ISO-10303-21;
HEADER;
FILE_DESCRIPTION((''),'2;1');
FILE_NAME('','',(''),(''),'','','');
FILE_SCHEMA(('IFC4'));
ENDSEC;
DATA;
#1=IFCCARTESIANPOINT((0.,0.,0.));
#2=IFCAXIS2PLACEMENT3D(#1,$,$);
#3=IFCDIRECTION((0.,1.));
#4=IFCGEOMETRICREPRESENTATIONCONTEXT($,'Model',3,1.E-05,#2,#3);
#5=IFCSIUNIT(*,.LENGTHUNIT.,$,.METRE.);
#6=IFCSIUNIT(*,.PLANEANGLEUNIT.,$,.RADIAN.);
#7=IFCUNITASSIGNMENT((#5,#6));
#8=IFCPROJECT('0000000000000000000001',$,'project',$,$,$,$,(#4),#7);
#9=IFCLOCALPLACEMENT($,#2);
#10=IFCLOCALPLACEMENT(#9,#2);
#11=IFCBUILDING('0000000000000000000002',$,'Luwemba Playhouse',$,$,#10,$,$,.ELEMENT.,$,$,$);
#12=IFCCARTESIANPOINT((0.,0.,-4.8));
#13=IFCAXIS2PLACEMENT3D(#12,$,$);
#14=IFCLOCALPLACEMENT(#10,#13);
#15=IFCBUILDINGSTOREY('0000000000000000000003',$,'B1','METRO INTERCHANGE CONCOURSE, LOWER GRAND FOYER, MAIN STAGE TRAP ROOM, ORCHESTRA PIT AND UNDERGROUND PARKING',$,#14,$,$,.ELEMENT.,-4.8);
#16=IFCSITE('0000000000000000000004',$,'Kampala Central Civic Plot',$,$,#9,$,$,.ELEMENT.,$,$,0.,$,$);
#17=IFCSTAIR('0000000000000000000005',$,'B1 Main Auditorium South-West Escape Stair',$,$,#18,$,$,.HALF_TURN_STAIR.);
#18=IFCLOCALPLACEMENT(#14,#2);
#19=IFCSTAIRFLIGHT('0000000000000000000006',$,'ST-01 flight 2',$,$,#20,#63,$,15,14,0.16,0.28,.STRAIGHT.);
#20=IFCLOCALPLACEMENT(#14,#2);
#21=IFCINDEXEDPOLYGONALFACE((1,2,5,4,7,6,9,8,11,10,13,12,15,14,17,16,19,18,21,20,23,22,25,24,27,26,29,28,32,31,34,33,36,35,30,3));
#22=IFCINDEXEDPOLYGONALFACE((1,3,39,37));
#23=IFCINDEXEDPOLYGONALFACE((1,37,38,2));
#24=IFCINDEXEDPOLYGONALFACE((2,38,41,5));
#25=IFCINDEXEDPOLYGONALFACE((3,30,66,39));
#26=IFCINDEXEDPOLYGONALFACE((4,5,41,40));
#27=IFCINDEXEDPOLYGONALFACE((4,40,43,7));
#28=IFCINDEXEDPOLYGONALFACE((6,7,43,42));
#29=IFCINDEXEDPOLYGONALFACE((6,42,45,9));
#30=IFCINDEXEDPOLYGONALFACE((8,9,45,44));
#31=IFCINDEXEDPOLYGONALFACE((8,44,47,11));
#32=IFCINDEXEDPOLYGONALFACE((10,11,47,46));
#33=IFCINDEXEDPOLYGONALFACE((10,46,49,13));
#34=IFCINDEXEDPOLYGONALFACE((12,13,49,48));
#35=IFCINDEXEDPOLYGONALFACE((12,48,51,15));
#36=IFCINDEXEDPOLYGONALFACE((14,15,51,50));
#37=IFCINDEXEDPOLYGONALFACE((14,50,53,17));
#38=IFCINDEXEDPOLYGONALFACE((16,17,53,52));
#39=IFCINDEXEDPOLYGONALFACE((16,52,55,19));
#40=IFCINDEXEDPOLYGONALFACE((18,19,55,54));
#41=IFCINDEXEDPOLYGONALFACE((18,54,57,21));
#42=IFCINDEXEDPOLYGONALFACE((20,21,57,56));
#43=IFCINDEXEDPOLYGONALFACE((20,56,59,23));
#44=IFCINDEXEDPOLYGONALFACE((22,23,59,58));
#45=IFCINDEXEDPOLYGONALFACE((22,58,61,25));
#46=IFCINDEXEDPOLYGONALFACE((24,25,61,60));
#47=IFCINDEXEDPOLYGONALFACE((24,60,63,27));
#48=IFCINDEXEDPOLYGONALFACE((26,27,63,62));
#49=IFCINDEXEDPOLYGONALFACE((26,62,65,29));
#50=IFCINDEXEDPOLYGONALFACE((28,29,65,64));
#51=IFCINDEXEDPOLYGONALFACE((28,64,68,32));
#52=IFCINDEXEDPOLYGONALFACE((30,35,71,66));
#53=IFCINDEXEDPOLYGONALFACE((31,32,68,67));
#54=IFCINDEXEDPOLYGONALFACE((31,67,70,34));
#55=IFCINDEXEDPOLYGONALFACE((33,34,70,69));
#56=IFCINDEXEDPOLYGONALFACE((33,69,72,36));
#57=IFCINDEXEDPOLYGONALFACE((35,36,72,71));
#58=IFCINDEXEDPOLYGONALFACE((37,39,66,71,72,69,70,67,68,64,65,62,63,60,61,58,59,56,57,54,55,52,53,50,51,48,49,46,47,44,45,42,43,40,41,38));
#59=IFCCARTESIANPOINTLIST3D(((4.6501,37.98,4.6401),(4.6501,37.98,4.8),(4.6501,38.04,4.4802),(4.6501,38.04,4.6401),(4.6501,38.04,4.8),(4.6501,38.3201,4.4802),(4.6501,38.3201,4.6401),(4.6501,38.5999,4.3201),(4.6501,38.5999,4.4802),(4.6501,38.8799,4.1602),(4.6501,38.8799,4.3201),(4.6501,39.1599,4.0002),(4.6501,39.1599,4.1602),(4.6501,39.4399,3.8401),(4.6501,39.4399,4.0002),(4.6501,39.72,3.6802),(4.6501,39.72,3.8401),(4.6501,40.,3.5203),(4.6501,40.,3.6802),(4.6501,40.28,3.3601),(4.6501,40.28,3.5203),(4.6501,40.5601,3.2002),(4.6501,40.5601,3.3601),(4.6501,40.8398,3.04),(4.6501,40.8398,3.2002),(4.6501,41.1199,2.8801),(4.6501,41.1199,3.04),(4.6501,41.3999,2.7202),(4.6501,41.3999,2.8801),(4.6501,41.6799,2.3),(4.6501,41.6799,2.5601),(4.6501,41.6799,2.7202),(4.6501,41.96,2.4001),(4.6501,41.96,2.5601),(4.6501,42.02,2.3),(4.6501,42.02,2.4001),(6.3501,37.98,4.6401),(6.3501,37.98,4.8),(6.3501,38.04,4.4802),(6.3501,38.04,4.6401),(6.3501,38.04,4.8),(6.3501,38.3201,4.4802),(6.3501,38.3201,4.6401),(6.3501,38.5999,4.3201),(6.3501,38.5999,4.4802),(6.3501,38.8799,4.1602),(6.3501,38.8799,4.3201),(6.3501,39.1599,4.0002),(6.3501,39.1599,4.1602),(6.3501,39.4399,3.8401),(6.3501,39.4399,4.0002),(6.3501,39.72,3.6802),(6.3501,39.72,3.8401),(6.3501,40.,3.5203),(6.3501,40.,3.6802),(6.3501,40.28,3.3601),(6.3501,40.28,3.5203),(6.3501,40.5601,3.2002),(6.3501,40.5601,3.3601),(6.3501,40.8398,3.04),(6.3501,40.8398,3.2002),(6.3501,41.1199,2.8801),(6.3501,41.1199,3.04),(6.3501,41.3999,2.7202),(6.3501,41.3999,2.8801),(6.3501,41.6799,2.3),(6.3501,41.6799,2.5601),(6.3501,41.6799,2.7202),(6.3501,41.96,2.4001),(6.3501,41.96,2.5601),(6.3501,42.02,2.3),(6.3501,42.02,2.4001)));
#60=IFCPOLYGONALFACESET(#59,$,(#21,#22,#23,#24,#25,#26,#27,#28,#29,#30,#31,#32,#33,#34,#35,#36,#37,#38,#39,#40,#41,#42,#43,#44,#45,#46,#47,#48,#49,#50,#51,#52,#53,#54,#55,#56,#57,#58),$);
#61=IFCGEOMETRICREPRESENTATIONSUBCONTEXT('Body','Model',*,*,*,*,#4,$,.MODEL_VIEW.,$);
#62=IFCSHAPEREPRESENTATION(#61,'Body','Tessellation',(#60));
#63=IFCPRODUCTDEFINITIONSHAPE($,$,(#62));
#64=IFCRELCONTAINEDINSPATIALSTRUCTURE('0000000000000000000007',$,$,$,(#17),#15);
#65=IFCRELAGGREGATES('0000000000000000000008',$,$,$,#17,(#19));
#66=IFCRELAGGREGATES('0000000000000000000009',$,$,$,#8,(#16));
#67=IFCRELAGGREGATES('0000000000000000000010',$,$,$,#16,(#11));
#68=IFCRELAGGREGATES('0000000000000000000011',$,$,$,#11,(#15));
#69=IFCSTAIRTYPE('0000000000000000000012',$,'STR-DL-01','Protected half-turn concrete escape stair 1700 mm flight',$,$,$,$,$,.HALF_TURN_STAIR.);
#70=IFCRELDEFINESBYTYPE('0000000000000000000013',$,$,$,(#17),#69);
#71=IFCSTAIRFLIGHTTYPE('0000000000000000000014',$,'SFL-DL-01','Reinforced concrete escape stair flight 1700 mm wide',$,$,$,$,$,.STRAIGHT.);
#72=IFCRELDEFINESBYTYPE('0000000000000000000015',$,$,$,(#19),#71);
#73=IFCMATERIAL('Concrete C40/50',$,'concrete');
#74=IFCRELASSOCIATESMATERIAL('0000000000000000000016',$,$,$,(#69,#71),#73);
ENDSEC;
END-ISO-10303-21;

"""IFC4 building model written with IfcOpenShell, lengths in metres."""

from ifc_helpers import new_model, si_unit, direction, frame, origin, place, context, subcontext, project, spatial, polyline, outline, extrude, material, type_object, element, aggregate, save


model = new_model("IFC4")

# Units and contexts
model_context = context("Model", 3, precision=1e-05, world=origin(), true_north=direction((0.0, 1.0)))
body_context = subcontext(model_context, "Body", "Model", "MODEL_VIEW")
ifc_project = project(units=[si_unit("LENGTHUNIT", "METRE"), si_unit("PLANEANGLEUNIT", "RADIAN")], contexts=[model_context])

# Site, building, storey
site_placement = place(None, origin())
site = spatial("IfcSite", under=ifc_project, at=site_placement, Name="Kampala Central Civic Plot", CompositionType="ELEMENT", RefElevation=0.0)
building_placement = place(site_placement, origin())
building = spatial("IfcBuilding", under=site, at=building_placement, Name="Luwemba Playhouse", CompositionType="ELEMENT")
storey_placement = place(building_placement, frame((0.0, 0.0, -4.8)))
storey = spatial("IfcBuildingStorey", under=building, at=storey_placement, Name="B1", Description="METRO INTERCHANGE CONCOURSE, LOWER GRAND FOYER, MAIN STAGE TRAP ROOM, ORCHESTRA PIT AND UNDERGROUND PARKING", CompositionType="ELEMENT", Elevation=-4.8)

# Shared definitions
ifc_material_1 = material(Name="Concrete C40/50", Category="concrete")

# Stair, stair flight
stair_type = type_object("IfcStairType", Name="STR-DL-01", Description="Protected half-turn concrete escape stair 1700 mm flight", PredefinedType="HALF_TURN_STAIR", material=ifc_material_1)
stair_placement = place(storey_placement, origin())
stair = element("IfcStair", 1, at=stair_placement, inside=storey, type_object=stair_type, Name="B1 Main Auditorium South-West Escape Stair", PredefinedType="HALF_TURN_STAIR")
stair_flight_type = type_object("IfcStairFlightType", Name="SFL-DL-01", Description="Reinforced concrete escape stair flight 1700 mm wide", PredefinedType="STRAIGHT", material=ifc_material_1)
stair_flight_1_placement = place(storey_placement, frame((5.5, 41.96, 2.4001), z_axis=(0.0, 0.0, 1.0), x_axis=(0.0, -1.0, 0.0)))
stair_flight_1 = element("IfcStairFlight", 2, at=stair_flight_1_placement, type_object=stair_flight_type, Name="ST-01 flight 2", NumberOfRisers=15, NumberOfTreads=14, PredefinedType="STRAIGHT", RiserHeight=0.16, TreadLength=0.28, context=body_context, shape_type="SweptSolid", body=[
    extrude(outline(polyline([(-0.0601, -0.1001), (-0.0601, 0.0), (0.0, 0.0), (0.0, 0.1599), (0.28, 0.1599), (0.28, 0.3201), (0.5601, 0.3201), (0.5601, 0.48), (0.8401, 0.48), (0.8401, 0.6399), (1.1201, 0.6399), (1.1201, 0.8), (1.3999, 0.8), (1.3999, 0.96), (1.6799, 0.96), (1.6799, 1.1201), (1.96, 1.1201), (1.96, 1.28), (2.24, 1.28), (2.24, 1.4399), (2.52, 1.4399), (2.52, 1.6001), (2.8, 1.6001), (2.8, 1.76), (3.0801, 1.76), (3.0801, 1.9199), (3.3601, 1.9199), (3.3601, 2.0801), (3.6399, 2.0801), (3.6399, 2.24), (3.9199, 2.24), (3.9199, 2.3999), (3.98, 2.3999), (3.98, 2.24), (3.9199, 2.0801), (0.28, -0.1001), (-0.0601, -0.1001)])), frame((0.0, 0.8501, 0.0), z_axis=(0.0, -1.0, 0.0), x_axis=(1.0, 0.0, 0.0)), (0.0, 0.0, 1.0), 1.7),
])
aggregate(stair, [stair_flight_1])

save(model, "model.ifc")
